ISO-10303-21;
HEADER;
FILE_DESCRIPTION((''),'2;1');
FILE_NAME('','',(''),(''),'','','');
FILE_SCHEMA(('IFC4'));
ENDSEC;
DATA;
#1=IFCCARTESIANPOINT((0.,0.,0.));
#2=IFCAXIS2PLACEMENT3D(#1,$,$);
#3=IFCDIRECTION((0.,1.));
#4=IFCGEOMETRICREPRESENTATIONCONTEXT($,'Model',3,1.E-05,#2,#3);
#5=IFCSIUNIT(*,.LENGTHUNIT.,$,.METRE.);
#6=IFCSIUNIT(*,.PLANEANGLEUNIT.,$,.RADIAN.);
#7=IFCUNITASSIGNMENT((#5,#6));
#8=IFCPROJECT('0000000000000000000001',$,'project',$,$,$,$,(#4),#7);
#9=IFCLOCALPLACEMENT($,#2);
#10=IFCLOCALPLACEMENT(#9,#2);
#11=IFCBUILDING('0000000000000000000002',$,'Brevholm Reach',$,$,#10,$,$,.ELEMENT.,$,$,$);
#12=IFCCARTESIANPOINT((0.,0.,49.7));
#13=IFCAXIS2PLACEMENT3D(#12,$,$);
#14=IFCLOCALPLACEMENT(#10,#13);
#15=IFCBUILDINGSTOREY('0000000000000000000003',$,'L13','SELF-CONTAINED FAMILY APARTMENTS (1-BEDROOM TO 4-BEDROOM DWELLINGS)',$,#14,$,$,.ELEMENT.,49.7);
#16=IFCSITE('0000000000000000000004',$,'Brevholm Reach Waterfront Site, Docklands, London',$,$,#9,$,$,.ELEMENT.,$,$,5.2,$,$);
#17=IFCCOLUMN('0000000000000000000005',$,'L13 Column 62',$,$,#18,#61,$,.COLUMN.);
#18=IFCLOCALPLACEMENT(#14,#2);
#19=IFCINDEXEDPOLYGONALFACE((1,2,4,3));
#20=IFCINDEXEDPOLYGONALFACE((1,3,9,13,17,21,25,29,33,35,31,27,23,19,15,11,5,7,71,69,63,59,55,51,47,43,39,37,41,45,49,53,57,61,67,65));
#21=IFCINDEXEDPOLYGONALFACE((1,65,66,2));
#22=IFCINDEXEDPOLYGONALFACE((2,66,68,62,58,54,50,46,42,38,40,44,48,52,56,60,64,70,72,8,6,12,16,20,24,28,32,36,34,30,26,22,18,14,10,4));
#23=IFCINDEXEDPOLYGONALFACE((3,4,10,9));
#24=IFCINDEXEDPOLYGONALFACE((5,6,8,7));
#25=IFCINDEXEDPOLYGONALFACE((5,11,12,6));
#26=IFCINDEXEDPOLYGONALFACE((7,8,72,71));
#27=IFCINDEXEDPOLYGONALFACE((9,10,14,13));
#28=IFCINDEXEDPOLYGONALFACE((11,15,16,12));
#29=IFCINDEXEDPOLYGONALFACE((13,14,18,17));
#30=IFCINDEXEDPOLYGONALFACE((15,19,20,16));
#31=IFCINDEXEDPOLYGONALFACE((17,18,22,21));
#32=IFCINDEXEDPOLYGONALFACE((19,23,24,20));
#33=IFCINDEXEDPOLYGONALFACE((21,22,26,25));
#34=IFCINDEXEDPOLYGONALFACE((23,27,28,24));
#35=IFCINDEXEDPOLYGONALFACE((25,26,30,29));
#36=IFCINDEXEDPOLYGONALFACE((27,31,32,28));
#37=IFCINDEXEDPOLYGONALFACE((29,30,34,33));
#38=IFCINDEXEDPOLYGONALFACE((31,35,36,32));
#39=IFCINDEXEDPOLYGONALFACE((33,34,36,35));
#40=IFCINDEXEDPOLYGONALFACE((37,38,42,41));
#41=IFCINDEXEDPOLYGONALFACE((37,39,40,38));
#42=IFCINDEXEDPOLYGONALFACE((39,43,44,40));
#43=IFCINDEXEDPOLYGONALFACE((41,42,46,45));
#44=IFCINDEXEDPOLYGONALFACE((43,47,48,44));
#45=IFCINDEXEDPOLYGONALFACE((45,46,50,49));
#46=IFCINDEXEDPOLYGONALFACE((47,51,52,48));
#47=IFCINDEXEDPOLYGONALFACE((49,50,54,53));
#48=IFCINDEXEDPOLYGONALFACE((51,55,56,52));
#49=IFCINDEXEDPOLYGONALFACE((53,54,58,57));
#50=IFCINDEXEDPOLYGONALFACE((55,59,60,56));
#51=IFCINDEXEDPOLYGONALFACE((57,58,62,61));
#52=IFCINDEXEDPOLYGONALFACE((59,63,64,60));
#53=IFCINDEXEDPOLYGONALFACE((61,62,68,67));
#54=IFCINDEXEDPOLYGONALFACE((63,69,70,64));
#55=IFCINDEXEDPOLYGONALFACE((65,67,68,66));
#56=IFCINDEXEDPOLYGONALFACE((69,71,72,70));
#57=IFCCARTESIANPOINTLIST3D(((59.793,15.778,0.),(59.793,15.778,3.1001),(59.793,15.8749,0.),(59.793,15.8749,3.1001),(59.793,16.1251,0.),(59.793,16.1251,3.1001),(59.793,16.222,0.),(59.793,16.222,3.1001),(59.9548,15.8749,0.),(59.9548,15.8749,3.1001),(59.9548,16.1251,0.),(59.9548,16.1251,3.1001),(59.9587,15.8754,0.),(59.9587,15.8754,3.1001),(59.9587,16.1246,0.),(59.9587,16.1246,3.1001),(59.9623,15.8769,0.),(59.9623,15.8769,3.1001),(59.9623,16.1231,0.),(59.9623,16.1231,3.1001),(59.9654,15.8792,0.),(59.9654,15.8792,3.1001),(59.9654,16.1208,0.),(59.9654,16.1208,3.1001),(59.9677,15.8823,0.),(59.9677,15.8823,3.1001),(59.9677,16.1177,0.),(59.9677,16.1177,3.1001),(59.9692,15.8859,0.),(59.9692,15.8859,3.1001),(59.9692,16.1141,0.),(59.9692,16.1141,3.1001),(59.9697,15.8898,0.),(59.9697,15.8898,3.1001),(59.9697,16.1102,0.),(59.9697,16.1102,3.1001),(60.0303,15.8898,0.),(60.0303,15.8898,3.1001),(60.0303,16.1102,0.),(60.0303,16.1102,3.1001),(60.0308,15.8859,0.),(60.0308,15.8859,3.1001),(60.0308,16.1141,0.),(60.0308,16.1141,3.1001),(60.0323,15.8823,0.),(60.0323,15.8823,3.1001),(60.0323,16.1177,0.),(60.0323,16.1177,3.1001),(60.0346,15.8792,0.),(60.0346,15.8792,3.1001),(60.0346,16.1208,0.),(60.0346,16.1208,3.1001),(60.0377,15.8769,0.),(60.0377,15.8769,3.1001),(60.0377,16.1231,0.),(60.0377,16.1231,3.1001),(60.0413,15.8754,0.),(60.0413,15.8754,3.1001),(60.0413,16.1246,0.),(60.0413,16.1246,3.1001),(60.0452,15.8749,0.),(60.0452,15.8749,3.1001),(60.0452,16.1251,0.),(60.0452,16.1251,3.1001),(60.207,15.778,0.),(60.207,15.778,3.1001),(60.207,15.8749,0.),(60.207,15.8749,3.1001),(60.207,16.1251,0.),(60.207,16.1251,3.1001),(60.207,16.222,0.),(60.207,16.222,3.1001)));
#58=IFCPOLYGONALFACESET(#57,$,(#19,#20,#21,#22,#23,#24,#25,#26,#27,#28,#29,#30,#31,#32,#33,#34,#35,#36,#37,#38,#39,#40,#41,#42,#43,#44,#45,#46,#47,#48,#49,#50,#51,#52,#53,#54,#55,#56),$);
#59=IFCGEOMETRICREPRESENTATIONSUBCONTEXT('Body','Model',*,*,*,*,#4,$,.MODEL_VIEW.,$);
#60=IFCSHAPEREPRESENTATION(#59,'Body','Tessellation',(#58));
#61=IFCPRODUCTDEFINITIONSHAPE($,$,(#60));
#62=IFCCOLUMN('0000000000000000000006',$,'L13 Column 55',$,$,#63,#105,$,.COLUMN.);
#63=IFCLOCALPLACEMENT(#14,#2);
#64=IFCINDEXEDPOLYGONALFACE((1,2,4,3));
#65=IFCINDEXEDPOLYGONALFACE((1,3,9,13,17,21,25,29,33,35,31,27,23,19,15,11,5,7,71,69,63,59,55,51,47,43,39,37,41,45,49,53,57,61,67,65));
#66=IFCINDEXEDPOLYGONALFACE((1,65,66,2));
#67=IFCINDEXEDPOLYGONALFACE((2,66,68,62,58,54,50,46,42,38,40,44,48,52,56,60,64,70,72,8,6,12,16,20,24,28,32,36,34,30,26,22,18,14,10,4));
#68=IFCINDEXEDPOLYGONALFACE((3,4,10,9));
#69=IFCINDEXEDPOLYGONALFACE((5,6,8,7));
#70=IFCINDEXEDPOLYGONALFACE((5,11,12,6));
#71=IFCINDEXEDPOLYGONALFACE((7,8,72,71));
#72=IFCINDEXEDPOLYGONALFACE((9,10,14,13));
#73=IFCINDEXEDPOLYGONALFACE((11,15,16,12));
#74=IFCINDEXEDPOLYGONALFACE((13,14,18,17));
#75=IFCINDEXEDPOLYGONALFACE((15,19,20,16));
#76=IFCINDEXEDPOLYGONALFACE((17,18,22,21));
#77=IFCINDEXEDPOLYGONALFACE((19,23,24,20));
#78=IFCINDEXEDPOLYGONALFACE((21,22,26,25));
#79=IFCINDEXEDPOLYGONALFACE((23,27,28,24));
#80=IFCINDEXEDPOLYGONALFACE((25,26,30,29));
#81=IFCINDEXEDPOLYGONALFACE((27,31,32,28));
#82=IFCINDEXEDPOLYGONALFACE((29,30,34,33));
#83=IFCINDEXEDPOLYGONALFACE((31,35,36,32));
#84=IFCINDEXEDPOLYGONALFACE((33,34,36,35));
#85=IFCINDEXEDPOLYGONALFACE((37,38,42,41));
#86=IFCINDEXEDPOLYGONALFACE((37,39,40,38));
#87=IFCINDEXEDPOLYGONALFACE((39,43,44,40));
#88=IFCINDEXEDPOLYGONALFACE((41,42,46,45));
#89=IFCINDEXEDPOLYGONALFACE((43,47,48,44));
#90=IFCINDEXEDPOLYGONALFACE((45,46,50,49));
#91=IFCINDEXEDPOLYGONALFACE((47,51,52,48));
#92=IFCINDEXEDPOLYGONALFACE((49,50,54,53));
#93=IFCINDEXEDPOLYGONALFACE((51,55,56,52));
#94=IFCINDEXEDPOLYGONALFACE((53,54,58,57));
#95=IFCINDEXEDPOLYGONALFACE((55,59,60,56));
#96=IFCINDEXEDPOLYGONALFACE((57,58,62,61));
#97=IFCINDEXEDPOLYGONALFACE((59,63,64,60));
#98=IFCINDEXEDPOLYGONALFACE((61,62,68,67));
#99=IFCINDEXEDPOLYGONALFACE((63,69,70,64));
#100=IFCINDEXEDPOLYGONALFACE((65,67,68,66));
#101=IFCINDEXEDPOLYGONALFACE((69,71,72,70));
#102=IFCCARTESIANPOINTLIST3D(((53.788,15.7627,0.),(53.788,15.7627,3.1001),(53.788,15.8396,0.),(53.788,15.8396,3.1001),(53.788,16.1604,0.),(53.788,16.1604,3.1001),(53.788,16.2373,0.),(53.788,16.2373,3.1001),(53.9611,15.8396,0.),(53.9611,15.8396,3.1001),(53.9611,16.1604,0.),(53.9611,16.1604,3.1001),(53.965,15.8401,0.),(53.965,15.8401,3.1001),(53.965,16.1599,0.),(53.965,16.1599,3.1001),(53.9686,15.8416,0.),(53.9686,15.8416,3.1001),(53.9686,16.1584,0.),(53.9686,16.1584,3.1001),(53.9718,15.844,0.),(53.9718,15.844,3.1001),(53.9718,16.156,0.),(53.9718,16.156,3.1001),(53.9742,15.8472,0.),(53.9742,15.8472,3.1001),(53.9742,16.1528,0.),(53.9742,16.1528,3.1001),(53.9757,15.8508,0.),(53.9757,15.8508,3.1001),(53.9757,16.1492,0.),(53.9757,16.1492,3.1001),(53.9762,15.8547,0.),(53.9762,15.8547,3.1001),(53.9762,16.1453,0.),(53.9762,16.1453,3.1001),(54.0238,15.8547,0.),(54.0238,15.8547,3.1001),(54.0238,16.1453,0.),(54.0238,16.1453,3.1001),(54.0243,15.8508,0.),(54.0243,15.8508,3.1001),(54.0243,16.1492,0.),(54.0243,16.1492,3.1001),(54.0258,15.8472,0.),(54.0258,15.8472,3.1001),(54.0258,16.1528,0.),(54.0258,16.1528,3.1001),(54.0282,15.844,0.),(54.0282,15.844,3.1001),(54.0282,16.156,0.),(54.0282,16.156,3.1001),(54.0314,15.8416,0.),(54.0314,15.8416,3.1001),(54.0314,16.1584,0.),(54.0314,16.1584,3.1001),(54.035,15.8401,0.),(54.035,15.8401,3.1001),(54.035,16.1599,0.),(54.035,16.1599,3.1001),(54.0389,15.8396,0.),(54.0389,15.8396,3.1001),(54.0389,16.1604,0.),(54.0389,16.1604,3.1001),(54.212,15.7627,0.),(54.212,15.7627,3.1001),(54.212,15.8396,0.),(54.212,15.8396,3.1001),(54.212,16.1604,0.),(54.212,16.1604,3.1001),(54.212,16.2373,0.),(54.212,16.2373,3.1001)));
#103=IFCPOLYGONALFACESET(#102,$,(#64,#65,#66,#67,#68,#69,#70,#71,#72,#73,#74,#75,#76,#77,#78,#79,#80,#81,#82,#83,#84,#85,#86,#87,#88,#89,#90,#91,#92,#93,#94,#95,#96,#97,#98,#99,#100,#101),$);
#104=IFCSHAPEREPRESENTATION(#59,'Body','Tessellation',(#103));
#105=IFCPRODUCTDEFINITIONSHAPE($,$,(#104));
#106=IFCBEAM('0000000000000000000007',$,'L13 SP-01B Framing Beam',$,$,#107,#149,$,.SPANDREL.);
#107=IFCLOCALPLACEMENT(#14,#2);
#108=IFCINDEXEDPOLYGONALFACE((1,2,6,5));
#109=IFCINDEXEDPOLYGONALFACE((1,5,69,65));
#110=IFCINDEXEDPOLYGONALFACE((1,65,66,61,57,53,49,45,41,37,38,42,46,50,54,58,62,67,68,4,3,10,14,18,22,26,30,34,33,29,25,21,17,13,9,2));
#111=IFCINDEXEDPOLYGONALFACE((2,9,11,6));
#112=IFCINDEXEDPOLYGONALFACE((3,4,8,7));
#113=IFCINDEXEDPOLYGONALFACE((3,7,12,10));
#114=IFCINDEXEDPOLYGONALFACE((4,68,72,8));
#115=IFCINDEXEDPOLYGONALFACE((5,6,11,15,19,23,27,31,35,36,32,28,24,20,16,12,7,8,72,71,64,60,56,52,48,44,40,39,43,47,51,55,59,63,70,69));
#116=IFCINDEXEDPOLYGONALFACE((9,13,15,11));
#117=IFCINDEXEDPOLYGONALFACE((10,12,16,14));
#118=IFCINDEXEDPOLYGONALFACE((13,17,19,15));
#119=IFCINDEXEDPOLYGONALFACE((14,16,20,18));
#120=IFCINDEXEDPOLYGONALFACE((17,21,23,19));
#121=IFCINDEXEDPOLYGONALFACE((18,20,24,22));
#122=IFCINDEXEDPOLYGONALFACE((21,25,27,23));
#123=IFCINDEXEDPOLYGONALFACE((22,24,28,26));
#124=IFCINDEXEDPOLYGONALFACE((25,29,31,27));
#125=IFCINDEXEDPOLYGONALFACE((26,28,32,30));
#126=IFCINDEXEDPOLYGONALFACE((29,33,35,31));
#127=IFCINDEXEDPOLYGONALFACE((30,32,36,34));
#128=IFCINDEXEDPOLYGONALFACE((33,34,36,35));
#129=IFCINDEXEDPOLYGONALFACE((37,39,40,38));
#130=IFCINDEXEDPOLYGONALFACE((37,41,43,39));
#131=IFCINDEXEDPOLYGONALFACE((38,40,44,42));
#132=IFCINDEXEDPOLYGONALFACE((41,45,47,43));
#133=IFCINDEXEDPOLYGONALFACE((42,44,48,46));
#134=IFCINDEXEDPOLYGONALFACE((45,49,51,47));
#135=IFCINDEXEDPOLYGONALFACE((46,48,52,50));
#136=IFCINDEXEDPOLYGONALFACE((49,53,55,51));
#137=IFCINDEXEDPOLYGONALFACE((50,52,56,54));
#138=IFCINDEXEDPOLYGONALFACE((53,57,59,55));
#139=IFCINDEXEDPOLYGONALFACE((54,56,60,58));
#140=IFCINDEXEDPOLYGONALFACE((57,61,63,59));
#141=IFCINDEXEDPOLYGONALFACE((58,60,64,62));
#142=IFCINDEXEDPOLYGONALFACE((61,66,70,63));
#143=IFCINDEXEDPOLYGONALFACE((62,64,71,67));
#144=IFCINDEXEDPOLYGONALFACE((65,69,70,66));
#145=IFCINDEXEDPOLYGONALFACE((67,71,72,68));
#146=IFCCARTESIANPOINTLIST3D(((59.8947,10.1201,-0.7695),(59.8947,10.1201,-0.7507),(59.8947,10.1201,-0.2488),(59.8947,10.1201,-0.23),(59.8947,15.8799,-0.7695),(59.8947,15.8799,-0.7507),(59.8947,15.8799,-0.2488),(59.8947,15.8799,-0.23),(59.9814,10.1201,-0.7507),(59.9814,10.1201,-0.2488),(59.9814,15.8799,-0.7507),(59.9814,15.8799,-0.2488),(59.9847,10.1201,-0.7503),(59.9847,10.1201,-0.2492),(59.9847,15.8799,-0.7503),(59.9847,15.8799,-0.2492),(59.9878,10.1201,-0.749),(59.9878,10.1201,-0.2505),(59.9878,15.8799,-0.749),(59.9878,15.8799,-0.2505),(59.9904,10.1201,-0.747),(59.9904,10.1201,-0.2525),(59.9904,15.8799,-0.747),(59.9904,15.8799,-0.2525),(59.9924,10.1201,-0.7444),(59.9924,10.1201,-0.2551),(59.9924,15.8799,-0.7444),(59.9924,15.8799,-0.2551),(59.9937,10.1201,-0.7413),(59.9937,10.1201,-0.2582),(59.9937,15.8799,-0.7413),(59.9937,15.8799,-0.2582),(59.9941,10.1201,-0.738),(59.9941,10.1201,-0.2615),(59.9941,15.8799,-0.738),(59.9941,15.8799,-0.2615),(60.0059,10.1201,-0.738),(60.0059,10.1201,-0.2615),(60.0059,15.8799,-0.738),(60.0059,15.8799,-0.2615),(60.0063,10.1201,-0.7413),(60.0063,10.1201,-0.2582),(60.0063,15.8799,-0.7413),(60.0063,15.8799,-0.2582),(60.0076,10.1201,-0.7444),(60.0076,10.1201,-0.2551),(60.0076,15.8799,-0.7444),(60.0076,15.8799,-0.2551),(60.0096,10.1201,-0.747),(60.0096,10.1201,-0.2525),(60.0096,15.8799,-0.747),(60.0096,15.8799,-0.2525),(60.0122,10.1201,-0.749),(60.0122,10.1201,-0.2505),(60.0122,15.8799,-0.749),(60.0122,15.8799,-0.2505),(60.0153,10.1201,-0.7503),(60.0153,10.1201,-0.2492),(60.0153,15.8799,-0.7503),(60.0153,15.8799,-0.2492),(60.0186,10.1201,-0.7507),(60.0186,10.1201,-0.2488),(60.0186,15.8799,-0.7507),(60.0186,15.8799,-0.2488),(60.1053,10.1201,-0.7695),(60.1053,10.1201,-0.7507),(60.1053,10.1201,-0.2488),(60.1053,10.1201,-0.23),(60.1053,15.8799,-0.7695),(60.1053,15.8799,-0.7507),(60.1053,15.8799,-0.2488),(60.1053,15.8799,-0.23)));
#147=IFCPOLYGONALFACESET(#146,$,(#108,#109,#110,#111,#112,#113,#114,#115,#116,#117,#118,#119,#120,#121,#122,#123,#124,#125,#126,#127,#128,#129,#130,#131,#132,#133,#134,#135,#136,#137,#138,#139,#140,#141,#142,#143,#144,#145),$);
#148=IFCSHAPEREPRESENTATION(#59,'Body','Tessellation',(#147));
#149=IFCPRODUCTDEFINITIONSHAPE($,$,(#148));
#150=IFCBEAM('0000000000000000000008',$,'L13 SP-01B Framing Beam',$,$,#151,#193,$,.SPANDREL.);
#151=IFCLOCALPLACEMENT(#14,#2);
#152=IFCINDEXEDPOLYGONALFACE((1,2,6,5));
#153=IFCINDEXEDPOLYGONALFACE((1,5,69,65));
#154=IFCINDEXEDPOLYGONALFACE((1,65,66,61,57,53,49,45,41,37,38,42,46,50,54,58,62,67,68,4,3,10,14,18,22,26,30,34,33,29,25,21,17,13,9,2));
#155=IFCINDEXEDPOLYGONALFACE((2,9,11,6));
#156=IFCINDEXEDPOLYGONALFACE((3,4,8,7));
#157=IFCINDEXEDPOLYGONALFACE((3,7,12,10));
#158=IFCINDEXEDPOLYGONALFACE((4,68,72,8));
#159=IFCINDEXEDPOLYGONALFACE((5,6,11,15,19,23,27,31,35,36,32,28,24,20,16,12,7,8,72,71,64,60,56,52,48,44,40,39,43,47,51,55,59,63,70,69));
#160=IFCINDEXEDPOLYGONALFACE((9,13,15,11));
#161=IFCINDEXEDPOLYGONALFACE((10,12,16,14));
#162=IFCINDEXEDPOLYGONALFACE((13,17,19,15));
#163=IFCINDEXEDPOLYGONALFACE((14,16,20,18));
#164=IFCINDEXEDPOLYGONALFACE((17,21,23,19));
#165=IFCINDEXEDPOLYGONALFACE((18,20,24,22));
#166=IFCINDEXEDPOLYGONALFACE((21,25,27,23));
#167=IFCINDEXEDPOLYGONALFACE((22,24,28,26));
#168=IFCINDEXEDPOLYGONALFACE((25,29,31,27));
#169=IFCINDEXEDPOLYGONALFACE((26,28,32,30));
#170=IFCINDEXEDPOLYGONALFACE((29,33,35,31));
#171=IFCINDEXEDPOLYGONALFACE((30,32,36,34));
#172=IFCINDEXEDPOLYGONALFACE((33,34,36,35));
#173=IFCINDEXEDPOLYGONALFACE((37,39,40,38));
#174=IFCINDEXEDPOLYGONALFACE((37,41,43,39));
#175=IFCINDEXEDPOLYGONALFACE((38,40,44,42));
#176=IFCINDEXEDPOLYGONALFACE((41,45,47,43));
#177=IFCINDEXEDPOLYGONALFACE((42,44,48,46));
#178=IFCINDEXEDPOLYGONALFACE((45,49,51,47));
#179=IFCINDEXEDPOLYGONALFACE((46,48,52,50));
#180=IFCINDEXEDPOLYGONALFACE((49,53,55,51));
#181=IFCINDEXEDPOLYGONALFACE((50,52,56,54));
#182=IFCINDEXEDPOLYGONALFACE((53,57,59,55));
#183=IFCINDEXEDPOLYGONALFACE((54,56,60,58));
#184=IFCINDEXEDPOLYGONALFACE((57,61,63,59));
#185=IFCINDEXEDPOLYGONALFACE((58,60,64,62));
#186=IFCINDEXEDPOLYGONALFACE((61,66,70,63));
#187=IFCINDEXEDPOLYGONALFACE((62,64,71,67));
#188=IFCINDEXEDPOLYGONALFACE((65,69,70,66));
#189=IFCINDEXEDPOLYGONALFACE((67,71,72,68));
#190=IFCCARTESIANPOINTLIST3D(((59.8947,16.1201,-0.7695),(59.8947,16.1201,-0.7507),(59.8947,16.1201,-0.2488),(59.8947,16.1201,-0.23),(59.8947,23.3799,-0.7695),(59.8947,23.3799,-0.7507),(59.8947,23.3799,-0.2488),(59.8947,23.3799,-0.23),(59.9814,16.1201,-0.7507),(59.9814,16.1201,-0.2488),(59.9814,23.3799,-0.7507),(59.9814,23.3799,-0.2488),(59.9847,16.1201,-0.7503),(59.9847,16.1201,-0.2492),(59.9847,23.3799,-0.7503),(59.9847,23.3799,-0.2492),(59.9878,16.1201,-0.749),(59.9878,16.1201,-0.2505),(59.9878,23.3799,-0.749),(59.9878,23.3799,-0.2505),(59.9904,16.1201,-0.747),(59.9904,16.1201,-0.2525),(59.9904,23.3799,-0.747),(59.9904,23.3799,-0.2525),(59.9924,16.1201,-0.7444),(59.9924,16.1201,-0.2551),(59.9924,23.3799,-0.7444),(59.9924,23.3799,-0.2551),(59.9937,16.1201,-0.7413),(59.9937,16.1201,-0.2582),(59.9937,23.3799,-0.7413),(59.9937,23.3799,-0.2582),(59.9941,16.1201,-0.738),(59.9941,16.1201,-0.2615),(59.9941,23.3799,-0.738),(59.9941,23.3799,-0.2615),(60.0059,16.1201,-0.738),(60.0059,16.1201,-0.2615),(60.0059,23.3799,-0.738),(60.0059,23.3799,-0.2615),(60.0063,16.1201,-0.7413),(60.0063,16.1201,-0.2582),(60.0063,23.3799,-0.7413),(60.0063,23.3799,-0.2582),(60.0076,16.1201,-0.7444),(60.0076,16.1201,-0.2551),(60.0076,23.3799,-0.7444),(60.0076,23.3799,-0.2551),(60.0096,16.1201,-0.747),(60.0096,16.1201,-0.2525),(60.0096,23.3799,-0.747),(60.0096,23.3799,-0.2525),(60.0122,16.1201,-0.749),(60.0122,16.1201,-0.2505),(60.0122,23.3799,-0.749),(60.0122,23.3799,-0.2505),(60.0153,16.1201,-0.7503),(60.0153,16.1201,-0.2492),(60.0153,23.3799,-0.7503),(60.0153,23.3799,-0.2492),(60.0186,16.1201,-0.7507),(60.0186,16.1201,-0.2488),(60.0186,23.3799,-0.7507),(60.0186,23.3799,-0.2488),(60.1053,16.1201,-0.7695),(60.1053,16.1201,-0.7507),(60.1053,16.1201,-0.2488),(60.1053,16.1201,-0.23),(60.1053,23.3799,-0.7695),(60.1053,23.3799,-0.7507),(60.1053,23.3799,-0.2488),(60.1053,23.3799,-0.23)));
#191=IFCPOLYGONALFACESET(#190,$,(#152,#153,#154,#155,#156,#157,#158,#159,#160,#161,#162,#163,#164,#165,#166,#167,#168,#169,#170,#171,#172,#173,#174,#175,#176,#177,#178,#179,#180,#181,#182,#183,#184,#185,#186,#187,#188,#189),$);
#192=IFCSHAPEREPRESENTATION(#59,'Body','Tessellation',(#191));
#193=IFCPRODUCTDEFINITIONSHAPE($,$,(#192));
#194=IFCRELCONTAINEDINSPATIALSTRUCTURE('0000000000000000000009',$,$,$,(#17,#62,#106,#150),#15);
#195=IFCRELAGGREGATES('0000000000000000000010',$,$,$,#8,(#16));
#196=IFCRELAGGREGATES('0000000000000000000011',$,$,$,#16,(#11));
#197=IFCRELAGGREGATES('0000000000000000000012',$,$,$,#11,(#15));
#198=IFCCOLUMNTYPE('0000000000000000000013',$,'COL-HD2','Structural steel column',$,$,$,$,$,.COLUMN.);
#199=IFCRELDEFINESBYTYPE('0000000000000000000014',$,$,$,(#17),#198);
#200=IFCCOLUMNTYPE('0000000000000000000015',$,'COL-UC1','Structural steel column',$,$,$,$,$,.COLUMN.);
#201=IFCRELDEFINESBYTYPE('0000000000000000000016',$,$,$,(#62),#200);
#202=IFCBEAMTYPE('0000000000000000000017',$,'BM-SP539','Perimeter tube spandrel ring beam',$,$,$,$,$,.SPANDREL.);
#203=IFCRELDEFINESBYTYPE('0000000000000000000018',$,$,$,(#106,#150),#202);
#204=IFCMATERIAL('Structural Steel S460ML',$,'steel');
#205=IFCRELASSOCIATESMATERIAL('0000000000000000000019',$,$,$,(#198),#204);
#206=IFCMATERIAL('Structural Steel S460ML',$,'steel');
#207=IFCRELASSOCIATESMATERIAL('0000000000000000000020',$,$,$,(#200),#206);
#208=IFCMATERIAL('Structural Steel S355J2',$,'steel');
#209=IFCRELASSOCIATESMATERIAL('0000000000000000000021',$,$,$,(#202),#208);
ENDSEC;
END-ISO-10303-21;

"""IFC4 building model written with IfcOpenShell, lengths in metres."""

from ifc_helpers import new_model, si_unit, direction, frame, origin, origin_2d, place, context, subcontext, project, spatial, i_section, extrude, material, material_profile, profile_set, type_object, element, save


model = new_model("IFC4")

# Units and contexts
model_context = context("Model", 3, precision=1e-05, world=origin(), true_north=direction((0.0, 1.0)))
body_context = subcontext(model_context, "Body", "Model", "MODEL_VIEW")
ifc_project = project(units=[si_unit("LENGTHUNIT", "METRE"), si_unit("PLANEANGLEUNIT", "RADIAN")], contexts=[model_context])

# Site, building, storey
site_placement = place(None, origin())
site = spatial("IfcSite", under=ifc_project, at=site_placement, Name="Brevholm Reach Waterfront Site, Docklands, London", CompositionType="ELEMENT", RefElevation=5.2)
building_placement = place(site_placement, origin())
building = spatial("IfcBuilding", under=site, at=building_placement, Name="Brevholm Reach", CompositionType="ELEMENT")
storey_placement = place(building_placement, frame((0.0, 0.0, 49.7)))
storey = spatial("IfcBuildingStorey", under=building, at=storey_placement, Name="L13", Description="SELF-CONTAINED FAMILY APARTMENTS (1-BEDROOM TO 4-BEDROOM DWELLINGS)", CompositionType="ELEMENT", Elevation=49.7)

# Columns
ifc_material_1 = material(Name="Structural Steel S460ML", Category="steel")
ifc_material_profile_1 = material_profile(ifc_material_1, i_section(OverallWidth=0.4141, OverallDepth=0.4441, WebThickness=0.0605, FlangeThickness=0.0969, FilletRadius=0.0149, at=origin_2d()), Name="HD 400x818")
ifc_profile_set_1 = profile_set([ifc_material_profile_1], Name="Structural Steel S460ML")
column_type_1 = type_object("IfcColumnType", Name="COL-HD2", Description="Structural steel column", PredefinedType="COLUMN", material=ifc_profile_set_1)
column_1_placement = place(storey_placement, frame((60.0, 16.0, 0.0), z_axis=(0.0, 0.0, 1.0), x_axis=(1.0, 0.0, 0.0)))
element("IfcColumn", 1, at=column_1_placement, inside=storey, type_object=column_type_1, Name="L13 Column 62", PredefinedType="COLUMN", context=body_context, shape_type="SweptSolid", body=[
    extrude(i_section(OverallWidth=0.4141, OverallDepth=0.4441, WebThickness=0.0605, FlangeThickness=0.0969, FilletRadius=0.0149, at=origin_2d()), origin(), (0.0, 0.0, 1.0), 3.1001),
])
ifc_material_2 = material(Name="Structural Steel S460ML", Category="steel")
ifc_material_profile_2 = material_profile(ifc_material_2, i_section(OverallWidth=0.4241, OverallDepth=0.4746, WebThickness=0.0476, FlangeThickness=0.0769, FilletRadius=0.0151, at=origin_2d()), Name="UKC 356x406x634")
ifc_profile_set_2 = profile_set([ifc_material_profile_2], Name="Structural Steel S460ML")
column_type_2 = type_object("IfcColumnType", Name="COL-UC1", Description="Structural steel column", PredefinedType="COLUMN", material=ifc_profile_set_2)
column_2_placement = place(storey_placement, frame((54.0, 16.0, 0.0), z_axis=(0.0, 0.0, 1.0), x_axis=(1.0, 0.0, 0.0)))
element("IfcColumn", 2, at=column_2_placement, inside=storey, type_object=column_type_2, Name="L13 Column 55", PredefinedType="COLUMN", context=body_context, shape_type="SweptSolid", body=[
    extrude(i_section(OverallWidth=0.4241, OverallDepth=0.4746, WebThickness=0.0476, FlangeThickness=0.0769, FilletRadius=0.0151, at=origin_2d()), origin(), (0.0, 0.0, 1.0), 3.1001),
])

# Beams
ifc_material_3 = material(Name="Structural Steel S355J2", Category="steel")
ifc_material_profile_3 = material_profile(ifc_material_3, i_section(OverallWidth=0.2107, OverallDepth=0.5396, WebThickness=0.0117, FlangeThickness=0.0188, FilletRadius=0.0127, at=origin_2d()), Name="UKB 533x210x109")
ifc_profile_set_3 = profile_set([ifc_material_profile_3], Name="Structural Steel S355J2")
beam_type_1 = type_object("IfcBeamType", Name="BM-SP539", Description="Perimeter tube spandrel ring beam", PredefinedType="SPANDREL", material=ifc_profile_set_3)
beam_1_placement = place(storey_placement, frame((60.0, 10.1201, -0.4998), z_axis=(0.0, 1.0, 0.0), x_axis=(-1.0, 0.0, 0.0)))
element("IfcBeam", 3, at=beam_1_placement, inside=storey, type_object=beam_type_1, Name="L13 SP-01B Framing Beam", PredefinedType="SPANDREL", context=body_context, shape_type="SweptSolid", body=[
    extrude(i_section(OverallWidth=0.2107, OverallDepth=0.5396, WebThickness=0.0117, FlangeThickness=0.0188, FilletRadius=0.0127, at=origin_2d()), origin(), (0.0, 0.0, 1.0), 5.7598),
])
beam_2_placement = place(storey_placement, frame((60.0, 16.1201, -0.4998), z_axis=(0.0, 1.0, 0.0), x_axis=(-1.0, 0.0, 0.0)))
element("IfcBeam", 4, at=beam_2_placement, inside=storey, type_object=beam_type_1, Name="L13 SP-01B Framing Beam", PredefinedType="SPANDREL", context=body_context, shape_type="SweptSolid", body=[
    extrude(i_section(OverallWidth=0.2107, OverallDepth=0.5396, WebThickness=0.0117, FlangeThickness=0.0188, FilletRadius=0.0127, at=origin_2d()), origin(), (0.0, 0.0, 1.0), 7.2598),
])

save(model, "model.ifc")
